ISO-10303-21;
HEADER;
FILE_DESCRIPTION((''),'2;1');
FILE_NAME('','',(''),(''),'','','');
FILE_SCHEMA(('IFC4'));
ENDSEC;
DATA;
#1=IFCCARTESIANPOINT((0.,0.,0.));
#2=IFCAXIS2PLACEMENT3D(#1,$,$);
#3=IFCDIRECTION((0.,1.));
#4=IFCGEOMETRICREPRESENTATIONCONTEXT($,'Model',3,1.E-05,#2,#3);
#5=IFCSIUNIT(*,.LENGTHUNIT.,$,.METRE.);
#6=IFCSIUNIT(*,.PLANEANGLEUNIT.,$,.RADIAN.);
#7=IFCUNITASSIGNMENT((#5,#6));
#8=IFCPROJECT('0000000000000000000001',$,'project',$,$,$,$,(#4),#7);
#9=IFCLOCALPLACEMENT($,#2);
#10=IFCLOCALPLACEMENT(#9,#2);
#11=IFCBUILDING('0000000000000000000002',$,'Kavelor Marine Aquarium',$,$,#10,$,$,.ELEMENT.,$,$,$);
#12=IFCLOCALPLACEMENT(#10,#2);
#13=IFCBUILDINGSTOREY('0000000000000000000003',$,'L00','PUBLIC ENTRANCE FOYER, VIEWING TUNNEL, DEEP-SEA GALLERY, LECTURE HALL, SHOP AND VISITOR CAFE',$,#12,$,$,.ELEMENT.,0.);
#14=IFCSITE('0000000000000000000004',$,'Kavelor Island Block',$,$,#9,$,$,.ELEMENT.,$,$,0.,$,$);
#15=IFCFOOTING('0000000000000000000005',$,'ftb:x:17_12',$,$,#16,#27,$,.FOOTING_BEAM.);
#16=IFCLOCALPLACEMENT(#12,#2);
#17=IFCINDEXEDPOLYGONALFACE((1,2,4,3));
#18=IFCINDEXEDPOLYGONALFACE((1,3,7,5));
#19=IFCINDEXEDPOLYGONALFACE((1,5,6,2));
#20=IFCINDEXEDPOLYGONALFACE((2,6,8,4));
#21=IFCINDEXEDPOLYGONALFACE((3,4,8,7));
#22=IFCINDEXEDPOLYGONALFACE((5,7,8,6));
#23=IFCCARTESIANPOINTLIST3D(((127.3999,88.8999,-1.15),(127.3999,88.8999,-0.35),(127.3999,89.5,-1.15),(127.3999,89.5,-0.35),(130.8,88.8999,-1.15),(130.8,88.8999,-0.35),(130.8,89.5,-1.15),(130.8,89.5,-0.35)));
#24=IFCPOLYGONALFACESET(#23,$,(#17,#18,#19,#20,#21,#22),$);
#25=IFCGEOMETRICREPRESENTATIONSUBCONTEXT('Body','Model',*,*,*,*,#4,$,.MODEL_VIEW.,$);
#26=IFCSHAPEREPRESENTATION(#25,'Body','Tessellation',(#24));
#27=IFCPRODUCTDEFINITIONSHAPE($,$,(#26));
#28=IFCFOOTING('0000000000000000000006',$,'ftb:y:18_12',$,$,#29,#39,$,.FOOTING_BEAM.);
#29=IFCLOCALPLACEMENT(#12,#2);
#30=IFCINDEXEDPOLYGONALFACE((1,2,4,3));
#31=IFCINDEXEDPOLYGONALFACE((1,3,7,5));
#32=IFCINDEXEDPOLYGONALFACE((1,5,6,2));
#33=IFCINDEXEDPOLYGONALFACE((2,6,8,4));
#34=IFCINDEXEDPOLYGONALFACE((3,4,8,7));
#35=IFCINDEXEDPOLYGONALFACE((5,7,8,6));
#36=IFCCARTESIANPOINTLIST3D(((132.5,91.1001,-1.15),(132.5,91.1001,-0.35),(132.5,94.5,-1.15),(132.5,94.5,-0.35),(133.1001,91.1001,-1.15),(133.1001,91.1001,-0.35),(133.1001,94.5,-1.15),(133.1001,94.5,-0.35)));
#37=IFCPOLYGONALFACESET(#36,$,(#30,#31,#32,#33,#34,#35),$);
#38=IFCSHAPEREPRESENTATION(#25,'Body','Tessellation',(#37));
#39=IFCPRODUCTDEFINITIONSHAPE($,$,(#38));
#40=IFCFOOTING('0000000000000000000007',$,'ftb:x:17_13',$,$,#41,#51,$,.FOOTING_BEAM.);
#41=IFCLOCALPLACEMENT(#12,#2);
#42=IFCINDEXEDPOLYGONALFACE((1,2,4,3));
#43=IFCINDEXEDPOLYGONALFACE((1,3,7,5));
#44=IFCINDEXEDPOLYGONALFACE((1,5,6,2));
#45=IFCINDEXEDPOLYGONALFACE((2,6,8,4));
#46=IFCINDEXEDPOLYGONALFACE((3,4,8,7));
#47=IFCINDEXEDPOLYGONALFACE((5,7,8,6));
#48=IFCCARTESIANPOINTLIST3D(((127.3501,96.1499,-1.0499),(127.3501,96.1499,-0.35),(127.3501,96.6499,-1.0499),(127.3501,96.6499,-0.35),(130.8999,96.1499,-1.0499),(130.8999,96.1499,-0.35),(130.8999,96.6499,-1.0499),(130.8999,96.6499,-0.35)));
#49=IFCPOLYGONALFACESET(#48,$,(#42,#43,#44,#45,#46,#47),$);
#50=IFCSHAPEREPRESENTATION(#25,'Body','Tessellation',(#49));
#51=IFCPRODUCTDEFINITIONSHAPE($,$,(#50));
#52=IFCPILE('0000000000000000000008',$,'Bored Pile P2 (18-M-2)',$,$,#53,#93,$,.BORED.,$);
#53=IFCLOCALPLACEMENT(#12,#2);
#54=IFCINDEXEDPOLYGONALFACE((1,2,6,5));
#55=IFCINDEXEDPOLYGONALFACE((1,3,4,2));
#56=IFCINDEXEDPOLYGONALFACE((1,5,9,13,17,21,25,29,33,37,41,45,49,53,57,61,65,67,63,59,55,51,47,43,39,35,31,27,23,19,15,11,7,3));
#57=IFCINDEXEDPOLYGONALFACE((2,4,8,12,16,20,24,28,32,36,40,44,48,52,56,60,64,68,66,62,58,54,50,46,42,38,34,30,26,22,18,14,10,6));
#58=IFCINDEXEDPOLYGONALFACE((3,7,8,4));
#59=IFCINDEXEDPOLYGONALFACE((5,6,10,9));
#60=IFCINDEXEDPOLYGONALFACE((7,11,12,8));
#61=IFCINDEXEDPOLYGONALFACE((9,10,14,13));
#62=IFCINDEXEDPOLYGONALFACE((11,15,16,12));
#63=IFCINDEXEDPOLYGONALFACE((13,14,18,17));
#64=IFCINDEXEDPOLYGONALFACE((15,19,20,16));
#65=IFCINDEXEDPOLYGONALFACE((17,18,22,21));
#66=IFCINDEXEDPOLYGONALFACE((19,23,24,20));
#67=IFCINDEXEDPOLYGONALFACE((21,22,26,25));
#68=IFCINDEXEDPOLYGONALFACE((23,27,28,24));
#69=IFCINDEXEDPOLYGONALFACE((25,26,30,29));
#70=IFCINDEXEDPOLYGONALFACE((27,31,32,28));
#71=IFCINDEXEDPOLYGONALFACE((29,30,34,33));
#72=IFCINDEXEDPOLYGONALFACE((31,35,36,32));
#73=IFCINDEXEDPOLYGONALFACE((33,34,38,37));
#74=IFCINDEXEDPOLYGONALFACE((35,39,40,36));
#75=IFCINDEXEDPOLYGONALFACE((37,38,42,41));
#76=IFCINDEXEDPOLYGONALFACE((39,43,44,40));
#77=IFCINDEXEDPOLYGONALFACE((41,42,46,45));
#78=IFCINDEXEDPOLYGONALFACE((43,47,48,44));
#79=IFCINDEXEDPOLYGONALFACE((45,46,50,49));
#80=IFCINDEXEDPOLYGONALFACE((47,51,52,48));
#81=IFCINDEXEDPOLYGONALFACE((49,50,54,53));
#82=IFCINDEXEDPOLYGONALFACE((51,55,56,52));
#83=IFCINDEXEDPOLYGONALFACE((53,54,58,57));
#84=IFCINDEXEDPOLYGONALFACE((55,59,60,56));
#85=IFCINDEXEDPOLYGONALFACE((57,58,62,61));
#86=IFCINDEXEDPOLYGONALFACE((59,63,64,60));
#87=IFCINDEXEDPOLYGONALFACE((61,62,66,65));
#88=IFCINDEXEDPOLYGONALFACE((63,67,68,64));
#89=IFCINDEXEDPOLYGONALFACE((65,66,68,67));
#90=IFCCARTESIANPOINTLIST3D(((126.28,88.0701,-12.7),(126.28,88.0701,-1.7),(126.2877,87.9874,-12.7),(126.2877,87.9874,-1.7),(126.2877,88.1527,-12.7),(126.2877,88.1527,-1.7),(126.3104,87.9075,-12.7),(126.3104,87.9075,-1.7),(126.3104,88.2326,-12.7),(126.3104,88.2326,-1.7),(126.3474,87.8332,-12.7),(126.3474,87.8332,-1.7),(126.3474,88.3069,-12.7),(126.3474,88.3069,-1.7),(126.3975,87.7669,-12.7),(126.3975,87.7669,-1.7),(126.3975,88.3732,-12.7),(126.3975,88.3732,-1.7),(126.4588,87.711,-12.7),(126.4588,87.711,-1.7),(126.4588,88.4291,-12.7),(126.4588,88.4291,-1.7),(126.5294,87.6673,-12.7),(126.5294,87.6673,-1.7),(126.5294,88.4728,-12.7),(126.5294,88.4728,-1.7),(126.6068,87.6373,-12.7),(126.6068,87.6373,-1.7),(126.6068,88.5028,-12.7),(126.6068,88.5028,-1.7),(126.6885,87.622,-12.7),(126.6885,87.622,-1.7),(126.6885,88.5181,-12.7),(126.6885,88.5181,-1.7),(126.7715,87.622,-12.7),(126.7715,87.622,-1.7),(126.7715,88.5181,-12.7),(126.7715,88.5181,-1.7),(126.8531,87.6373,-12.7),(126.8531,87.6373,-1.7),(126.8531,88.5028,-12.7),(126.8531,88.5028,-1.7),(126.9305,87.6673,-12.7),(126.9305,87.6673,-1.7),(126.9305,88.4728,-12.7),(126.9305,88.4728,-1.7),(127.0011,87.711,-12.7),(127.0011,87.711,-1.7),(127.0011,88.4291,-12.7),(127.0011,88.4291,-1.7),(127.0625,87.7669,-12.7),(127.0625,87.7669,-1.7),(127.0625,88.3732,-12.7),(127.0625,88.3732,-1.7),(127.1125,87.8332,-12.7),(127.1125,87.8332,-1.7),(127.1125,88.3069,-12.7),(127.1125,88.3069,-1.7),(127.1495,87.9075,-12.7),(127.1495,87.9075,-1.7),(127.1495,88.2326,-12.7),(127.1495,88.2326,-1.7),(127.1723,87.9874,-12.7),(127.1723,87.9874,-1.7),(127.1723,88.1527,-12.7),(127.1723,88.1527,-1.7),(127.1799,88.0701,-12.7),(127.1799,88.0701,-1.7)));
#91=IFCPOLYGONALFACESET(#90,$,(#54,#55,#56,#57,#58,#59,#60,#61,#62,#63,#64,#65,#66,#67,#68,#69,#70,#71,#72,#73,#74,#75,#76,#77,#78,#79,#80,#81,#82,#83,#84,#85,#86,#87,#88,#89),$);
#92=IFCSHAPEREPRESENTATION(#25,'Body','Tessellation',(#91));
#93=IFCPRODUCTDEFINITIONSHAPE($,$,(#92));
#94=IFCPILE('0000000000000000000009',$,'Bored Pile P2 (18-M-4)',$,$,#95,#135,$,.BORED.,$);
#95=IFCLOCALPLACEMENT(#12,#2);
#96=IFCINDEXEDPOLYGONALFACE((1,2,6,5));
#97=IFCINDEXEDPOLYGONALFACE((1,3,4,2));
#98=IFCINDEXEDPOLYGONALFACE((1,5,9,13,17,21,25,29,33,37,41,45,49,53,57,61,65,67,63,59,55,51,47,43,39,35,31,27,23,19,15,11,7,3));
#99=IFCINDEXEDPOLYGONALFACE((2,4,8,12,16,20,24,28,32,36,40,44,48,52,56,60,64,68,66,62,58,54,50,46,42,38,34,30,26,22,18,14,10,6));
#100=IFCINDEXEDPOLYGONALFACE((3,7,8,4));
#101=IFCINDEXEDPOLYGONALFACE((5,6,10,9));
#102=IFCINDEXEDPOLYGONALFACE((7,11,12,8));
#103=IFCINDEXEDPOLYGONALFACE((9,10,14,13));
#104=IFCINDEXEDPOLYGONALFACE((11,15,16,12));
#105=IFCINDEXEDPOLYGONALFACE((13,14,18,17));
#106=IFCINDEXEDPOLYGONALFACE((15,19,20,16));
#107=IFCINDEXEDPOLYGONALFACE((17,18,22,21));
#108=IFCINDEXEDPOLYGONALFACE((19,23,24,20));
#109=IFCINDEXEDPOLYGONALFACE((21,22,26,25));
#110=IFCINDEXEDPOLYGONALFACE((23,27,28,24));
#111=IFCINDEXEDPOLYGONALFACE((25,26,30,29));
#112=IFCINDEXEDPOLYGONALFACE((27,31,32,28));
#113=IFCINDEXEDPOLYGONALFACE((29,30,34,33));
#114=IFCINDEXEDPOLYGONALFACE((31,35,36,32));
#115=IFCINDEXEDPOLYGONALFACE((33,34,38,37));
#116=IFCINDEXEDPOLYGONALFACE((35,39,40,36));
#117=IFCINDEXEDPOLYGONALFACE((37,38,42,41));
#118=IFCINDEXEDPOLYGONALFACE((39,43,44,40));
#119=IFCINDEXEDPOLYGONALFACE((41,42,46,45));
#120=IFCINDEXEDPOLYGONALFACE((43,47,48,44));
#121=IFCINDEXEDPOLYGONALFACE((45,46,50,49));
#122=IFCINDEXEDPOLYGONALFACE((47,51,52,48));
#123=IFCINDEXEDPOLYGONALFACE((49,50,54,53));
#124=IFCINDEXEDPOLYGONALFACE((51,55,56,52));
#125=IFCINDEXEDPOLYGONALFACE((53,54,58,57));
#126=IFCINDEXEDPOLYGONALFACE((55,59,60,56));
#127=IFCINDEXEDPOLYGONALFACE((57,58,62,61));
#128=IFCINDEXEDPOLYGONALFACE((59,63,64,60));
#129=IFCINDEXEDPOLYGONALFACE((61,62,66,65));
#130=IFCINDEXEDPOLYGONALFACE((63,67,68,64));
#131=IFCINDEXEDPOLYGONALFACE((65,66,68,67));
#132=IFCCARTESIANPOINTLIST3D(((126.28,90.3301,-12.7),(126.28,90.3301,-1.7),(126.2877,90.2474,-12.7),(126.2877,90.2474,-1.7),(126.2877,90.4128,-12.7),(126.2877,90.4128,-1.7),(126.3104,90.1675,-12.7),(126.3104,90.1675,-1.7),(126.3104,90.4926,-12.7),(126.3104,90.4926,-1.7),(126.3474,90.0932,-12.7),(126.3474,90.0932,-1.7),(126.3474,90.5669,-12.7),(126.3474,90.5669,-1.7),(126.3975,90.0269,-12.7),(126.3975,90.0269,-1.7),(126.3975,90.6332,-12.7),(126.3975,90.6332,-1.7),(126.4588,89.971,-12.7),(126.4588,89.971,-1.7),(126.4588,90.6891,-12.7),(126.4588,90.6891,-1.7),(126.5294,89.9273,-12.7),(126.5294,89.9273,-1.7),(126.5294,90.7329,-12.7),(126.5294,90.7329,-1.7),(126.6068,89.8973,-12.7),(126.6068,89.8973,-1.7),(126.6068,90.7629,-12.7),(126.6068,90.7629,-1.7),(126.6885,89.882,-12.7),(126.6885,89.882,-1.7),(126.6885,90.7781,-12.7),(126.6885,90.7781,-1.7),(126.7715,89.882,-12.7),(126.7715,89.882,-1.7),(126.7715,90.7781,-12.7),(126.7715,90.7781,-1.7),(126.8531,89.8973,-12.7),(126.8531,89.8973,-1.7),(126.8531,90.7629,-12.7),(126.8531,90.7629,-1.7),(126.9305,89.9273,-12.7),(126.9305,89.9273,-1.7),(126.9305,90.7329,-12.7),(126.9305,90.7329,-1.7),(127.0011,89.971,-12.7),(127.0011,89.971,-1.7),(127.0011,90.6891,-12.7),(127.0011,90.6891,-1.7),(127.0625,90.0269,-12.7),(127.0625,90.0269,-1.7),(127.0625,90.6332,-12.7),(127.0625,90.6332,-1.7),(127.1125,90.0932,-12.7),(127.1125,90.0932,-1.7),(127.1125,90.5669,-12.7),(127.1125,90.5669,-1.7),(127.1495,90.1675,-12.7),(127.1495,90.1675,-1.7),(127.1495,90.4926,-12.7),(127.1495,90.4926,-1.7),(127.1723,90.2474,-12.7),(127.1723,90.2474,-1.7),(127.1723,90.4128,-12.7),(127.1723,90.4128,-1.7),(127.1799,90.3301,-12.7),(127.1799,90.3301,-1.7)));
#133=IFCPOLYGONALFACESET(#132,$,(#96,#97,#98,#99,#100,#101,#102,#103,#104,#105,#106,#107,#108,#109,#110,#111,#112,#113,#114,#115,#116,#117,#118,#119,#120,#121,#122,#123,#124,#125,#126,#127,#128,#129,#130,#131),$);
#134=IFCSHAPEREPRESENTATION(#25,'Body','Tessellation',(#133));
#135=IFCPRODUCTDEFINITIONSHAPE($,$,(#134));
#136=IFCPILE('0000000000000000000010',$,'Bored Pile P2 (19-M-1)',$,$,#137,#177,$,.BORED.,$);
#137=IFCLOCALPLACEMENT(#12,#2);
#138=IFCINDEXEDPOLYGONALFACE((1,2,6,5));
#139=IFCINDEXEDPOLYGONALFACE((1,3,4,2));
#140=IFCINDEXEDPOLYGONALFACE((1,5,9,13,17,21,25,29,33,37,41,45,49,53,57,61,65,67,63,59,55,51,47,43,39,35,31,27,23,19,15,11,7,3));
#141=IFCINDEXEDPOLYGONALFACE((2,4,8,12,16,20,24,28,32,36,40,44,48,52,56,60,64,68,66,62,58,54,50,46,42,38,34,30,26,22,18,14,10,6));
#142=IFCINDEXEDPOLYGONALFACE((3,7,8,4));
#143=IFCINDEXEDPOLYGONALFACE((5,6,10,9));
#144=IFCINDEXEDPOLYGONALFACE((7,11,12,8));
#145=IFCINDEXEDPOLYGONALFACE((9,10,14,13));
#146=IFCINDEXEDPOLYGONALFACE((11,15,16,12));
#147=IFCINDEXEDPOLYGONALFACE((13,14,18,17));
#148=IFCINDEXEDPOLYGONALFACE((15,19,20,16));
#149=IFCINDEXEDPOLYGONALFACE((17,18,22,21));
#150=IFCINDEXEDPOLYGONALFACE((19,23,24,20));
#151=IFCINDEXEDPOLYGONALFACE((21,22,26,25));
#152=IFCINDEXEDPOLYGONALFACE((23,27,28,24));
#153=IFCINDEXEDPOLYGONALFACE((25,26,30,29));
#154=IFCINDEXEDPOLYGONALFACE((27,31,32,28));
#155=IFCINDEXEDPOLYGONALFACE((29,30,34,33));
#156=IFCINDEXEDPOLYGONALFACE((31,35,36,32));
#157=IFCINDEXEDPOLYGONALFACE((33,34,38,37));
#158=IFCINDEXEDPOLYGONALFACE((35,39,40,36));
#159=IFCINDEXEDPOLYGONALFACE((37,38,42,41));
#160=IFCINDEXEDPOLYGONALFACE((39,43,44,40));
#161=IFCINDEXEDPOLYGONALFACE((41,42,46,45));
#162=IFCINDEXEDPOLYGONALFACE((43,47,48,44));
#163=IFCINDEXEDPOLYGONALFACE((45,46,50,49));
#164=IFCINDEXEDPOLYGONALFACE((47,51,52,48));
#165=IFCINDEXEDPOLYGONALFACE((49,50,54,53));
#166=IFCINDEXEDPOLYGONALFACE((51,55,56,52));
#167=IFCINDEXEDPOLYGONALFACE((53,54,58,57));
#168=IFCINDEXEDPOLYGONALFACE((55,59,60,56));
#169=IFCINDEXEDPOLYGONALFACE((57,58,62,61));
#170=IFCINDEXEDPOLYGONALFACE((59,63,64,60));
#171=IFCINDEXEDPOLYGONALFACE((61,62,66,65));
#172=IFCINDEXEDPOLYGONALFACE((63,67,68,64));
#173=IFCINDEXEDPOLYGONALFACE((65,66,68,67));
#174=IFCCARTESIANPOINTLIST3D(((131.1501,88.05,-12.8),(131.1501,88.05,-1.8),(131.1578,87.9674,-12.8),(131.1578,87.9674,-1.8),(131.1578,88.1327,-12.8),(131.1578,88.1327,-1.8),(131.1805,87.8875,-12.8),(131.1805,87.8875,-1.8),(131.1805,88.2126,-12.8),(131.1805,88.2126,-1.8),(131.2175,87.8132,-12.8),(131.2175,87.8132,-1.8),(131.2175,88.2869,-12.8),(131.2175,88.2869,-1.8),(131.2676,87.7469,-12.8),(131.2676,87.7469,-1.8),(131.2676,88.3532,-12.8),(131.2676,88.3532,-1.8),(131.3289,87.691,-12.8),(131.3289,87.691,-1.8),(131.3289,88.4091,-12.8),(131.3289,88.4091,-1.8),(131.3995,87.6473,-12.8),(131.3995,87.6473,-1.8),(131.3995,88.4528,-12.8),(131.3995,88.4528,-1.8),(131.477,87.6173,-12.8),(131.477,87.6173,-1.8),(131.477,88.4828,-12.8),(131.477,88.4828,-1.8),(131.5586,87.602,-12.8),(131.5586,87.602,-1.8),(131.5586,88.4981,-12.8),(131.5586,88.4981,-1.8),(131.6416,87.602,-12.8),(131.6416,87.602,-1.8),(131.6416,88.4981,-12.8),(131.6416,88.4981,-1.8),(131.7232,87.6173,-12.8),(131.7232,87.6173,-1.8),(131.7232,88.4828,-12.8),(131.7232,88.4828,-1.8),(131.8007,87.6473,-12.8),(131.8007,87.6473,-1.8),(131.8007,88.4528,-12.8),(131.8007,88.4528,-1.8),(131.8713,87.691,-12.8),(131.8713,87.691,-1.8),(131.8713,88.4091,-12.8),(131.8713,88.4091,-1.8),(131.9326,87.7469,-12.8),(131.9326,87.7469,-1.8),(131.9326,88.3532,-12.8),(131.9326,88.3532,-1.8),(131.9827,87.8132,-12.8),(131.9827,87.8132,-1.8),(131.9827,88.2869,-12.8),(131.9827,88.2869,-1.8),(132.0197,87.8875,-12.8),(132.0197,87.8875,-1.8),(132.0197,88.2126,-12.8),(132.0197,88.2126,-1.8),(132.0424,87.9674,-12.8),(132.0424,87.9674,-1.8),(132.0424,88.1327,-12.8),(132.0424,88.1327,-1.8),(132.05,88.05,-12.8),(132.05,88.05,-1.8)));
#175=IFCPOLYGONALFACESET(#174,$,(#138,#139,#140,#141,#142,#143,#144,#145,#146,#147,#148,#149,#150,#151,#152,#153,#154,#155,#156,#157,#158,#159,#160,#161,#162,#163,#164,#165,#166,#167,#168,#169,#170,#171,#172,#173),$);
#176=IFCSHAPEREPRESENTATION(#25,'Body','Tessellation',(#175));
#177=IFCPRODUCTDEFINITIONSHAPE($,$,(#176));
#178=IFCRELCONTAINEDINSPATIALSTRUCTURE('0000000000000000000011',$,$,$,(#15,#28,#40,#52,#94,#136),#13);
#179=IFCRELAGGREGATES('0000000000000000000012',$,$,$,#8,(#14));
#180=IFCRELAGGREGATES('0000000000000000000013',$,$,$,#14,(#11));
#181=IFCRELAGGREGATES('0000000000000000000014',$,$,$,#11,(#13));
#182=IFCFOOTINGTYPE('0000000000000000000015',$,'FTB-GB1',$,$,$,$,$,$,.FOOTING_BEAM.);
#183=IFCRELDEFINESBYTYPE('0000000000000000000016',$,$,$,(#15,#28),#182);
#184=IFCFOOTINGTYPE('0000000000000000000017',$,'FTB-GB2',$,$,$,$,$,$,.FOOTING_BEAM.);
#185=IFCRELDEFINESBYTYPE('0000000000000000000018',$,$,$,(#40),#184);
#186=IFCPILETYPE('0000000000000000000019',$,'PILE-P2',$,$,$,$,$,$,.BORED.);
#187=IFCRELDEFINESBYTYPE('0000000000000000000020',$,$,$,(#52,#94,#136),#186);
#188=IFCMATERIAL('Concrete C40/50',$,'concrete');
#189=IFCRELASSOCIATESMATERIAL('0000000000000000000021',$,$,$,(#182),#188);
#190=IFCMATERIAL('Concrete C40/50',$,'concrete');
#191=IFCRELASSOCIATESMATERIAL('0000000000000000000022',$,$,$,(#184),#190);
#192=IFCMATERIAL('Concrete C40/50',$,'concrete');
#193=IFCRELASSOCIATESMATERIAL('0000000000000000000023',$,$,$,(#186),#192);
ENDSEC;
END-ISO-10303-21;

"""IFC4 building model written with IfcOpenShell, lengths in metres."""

from ifc_helpers import new_model, si_unit, direction, frame, origin, origin_2d, place, context, subcontext, project, spatial, rectangle, circle, extrude, material, material_profile, profile_set, type_object, element, save


model = new_model("IFC4")

# Units and contexts
model_context = context("Model", 3, precision=1e-05, world=origin(), true_north=direction((0.0, 1.0)))
body_context = subcontext(model_context, "Body", "Model", "MODEL_VIEW")
ifc_project = project(units=[si_unit("LENGTHUNIT", "METRE"), si_unit("PLANEANGLEUNIT", "RADIAN")], contexts=[model_context])

# Site, building, storey
site_placement = place(None, origin())
site = spatial("IfcSite", under=ifc_project, at=site_placement, Name="Kavelor Island Block", CompositionType="ELEMENT", RefElevation=0.0)
building_placement = place(site_placement, origin())
building = spatial("IfcBuilding", under=site, at=building_placement, Name="Kavelor Marine Aquarium", CompositionType="ELEMENT")
storey_placement = place(building_placement, origin())
storey = spatial("IfcBuildingStorey", under=building, at=storey_placement, Name="L00", Description="PUBLIC ENTRANCE FOYER, VIEWING TUNNEL, DEEP-SEA GALLERY, LECTURE HALL, SHOP AND VISITOR CAFE", CompositionType="ELEMENT", Elevation=0.0)

# Footings
ifc_material_1 = material(Name="Concrete C40/50", Category="concrete")
ifc_material_profile_1 = material_profile(ifc_material_1, rectangle(XDim=0.6001, YDim=0.8, at=origin_2d()), Name="GB 600x800")
ifc_profile_set_1 = profile_set([ifc_material_profile_1], Name="Concrete C40/50")
footing_type_1 = type_object("IfcFootingType", Name="FTB-GB1", PredefinedType="FOOTING_BEAM", material=ifc_profile_set_1)
footing_1_placement = place(storey_placement, frame((127.3999, 89.2, -0.75), z_axis=(1.0, 0.0, 0.0), x_axis=(0.0, 1.0, 0.0)))
element("IfcFooting", 1, at=footing_1_placement, inside=storey, type_object=footing_type_1, Name="ftb:x:17_12", PredefinedType="FOOTING_BEAM", context=body_context, shape_type="SweptSolid", body=[
    extrude(rectangle(XDim=0.6001, YDim=0.8, at=origin_2d()), origin(), (0.0, 0.0, 1.0), 3.4001),
])
footing_2_placement = place(storey_placement, frame((132.8, 91.1001, -0.75), z_axis=(0.0, 1.0, 0.0), x_axis=(-1.0, 0.0, 0.0)))
element("IfcFooting", 2, at=footing_2_placement, inside=storey, type_object=footing_type_1, Name="ftb:y:18_12", PredefinedType="FOOTING_BEAM", context=body_context, shape_type="SweptSolid", body=[
    extrude(rectangle(XDim=0.6001, YDim=0.8, at=origin_2d()), origin(), (0.0, 0.0, 1.0), 3.3999),
])
ifc_material_2 = material(Name="Concrete C40/50", Category="concrete")
ifc_material_profile_2 = material_profile(ifc_material_2, rectangle(XDim=0.5, YDim=0.7, at=origin_2d()), Name="GB 500x700")
ifc_profile_set_2 = profile_set([ifc_material_profile_2], Name="Concrete C40/50")
footing_type_2 = type_object("IfcFootingType", Name="FTB-GB2", PredefinedType="FOOTING_BEAM", material=ifc_profile_set_2)
footing_3_placement = place(storey_placement, frame((127.3501, 96.3999, -0.7), z_axis=(1.0, 0.0, 0.0), x_axis=(0.0, 1.0, 0.0)))
element("IfcFooting", 3, at=footing_3_placement, inside=storey, type_object=footing_type_2, Name="ftb:x:17_13", PredefinedType="FOOTING_BEAM", context=body_context, shape_type="SweptSolid", body=[
    extrude(rectangle(XDim=0.5, YDim=0.7, at=origin_2d()), origin(), (0.0, 0.0, 1.0), 3.5498),
])

# Piles
ifc_material_3 = material(Name="Concrete C40/50", Category="concrete")
ifc_material_profile_3 = material_profile(ifc_material_3, circle(Radius=0.45, at=origin_2d()), Name="PILE D900")
ifc_profile_set_3 = profile_set([ifc_material_profile_3], Name="Concrete C40/50")
pile_type_1 = type_object("IfcPileType", Name="PILE-P2", PredefinedType="BORED", material=ifc_profile_set_3)
for number, where, z_axis, x_axis, name in (
    (4, (126.73, 88.0701, -1.7), (0.0, 0.0, -1.0), (1.0, 0.0, 0.0), "Bored Pile P2 (18-M-2)"),
    (5, (126.73, 90.3301, -1.7), (0.0, 0.0, -1.0), (1.0, 0.0, 0.0), "Bored Pile P2 (18-M-4)"),
    (6, (131.6001, 88.05, -1.8), (0.0, 0.0, -1.0), (1.0, 0.0, 0.0), "Bored Pile P2 (19-M-1)"),
):
    element("IfcPile", number, at=place(storey_placement, frame(where, z_axis=z_axis, x_axis=x_axis)), inside=storey, type_object=pile_type_1, Name=name, PredefinedType="BORED", context=body_context, shape_type="SweptSolid", body=[
        extrude(circle(Radius=0.45, at=origin_2d()), origin(), (0.0, 0.0, 1.0), 11.0),
    ])

save(model, "model.ifc")
